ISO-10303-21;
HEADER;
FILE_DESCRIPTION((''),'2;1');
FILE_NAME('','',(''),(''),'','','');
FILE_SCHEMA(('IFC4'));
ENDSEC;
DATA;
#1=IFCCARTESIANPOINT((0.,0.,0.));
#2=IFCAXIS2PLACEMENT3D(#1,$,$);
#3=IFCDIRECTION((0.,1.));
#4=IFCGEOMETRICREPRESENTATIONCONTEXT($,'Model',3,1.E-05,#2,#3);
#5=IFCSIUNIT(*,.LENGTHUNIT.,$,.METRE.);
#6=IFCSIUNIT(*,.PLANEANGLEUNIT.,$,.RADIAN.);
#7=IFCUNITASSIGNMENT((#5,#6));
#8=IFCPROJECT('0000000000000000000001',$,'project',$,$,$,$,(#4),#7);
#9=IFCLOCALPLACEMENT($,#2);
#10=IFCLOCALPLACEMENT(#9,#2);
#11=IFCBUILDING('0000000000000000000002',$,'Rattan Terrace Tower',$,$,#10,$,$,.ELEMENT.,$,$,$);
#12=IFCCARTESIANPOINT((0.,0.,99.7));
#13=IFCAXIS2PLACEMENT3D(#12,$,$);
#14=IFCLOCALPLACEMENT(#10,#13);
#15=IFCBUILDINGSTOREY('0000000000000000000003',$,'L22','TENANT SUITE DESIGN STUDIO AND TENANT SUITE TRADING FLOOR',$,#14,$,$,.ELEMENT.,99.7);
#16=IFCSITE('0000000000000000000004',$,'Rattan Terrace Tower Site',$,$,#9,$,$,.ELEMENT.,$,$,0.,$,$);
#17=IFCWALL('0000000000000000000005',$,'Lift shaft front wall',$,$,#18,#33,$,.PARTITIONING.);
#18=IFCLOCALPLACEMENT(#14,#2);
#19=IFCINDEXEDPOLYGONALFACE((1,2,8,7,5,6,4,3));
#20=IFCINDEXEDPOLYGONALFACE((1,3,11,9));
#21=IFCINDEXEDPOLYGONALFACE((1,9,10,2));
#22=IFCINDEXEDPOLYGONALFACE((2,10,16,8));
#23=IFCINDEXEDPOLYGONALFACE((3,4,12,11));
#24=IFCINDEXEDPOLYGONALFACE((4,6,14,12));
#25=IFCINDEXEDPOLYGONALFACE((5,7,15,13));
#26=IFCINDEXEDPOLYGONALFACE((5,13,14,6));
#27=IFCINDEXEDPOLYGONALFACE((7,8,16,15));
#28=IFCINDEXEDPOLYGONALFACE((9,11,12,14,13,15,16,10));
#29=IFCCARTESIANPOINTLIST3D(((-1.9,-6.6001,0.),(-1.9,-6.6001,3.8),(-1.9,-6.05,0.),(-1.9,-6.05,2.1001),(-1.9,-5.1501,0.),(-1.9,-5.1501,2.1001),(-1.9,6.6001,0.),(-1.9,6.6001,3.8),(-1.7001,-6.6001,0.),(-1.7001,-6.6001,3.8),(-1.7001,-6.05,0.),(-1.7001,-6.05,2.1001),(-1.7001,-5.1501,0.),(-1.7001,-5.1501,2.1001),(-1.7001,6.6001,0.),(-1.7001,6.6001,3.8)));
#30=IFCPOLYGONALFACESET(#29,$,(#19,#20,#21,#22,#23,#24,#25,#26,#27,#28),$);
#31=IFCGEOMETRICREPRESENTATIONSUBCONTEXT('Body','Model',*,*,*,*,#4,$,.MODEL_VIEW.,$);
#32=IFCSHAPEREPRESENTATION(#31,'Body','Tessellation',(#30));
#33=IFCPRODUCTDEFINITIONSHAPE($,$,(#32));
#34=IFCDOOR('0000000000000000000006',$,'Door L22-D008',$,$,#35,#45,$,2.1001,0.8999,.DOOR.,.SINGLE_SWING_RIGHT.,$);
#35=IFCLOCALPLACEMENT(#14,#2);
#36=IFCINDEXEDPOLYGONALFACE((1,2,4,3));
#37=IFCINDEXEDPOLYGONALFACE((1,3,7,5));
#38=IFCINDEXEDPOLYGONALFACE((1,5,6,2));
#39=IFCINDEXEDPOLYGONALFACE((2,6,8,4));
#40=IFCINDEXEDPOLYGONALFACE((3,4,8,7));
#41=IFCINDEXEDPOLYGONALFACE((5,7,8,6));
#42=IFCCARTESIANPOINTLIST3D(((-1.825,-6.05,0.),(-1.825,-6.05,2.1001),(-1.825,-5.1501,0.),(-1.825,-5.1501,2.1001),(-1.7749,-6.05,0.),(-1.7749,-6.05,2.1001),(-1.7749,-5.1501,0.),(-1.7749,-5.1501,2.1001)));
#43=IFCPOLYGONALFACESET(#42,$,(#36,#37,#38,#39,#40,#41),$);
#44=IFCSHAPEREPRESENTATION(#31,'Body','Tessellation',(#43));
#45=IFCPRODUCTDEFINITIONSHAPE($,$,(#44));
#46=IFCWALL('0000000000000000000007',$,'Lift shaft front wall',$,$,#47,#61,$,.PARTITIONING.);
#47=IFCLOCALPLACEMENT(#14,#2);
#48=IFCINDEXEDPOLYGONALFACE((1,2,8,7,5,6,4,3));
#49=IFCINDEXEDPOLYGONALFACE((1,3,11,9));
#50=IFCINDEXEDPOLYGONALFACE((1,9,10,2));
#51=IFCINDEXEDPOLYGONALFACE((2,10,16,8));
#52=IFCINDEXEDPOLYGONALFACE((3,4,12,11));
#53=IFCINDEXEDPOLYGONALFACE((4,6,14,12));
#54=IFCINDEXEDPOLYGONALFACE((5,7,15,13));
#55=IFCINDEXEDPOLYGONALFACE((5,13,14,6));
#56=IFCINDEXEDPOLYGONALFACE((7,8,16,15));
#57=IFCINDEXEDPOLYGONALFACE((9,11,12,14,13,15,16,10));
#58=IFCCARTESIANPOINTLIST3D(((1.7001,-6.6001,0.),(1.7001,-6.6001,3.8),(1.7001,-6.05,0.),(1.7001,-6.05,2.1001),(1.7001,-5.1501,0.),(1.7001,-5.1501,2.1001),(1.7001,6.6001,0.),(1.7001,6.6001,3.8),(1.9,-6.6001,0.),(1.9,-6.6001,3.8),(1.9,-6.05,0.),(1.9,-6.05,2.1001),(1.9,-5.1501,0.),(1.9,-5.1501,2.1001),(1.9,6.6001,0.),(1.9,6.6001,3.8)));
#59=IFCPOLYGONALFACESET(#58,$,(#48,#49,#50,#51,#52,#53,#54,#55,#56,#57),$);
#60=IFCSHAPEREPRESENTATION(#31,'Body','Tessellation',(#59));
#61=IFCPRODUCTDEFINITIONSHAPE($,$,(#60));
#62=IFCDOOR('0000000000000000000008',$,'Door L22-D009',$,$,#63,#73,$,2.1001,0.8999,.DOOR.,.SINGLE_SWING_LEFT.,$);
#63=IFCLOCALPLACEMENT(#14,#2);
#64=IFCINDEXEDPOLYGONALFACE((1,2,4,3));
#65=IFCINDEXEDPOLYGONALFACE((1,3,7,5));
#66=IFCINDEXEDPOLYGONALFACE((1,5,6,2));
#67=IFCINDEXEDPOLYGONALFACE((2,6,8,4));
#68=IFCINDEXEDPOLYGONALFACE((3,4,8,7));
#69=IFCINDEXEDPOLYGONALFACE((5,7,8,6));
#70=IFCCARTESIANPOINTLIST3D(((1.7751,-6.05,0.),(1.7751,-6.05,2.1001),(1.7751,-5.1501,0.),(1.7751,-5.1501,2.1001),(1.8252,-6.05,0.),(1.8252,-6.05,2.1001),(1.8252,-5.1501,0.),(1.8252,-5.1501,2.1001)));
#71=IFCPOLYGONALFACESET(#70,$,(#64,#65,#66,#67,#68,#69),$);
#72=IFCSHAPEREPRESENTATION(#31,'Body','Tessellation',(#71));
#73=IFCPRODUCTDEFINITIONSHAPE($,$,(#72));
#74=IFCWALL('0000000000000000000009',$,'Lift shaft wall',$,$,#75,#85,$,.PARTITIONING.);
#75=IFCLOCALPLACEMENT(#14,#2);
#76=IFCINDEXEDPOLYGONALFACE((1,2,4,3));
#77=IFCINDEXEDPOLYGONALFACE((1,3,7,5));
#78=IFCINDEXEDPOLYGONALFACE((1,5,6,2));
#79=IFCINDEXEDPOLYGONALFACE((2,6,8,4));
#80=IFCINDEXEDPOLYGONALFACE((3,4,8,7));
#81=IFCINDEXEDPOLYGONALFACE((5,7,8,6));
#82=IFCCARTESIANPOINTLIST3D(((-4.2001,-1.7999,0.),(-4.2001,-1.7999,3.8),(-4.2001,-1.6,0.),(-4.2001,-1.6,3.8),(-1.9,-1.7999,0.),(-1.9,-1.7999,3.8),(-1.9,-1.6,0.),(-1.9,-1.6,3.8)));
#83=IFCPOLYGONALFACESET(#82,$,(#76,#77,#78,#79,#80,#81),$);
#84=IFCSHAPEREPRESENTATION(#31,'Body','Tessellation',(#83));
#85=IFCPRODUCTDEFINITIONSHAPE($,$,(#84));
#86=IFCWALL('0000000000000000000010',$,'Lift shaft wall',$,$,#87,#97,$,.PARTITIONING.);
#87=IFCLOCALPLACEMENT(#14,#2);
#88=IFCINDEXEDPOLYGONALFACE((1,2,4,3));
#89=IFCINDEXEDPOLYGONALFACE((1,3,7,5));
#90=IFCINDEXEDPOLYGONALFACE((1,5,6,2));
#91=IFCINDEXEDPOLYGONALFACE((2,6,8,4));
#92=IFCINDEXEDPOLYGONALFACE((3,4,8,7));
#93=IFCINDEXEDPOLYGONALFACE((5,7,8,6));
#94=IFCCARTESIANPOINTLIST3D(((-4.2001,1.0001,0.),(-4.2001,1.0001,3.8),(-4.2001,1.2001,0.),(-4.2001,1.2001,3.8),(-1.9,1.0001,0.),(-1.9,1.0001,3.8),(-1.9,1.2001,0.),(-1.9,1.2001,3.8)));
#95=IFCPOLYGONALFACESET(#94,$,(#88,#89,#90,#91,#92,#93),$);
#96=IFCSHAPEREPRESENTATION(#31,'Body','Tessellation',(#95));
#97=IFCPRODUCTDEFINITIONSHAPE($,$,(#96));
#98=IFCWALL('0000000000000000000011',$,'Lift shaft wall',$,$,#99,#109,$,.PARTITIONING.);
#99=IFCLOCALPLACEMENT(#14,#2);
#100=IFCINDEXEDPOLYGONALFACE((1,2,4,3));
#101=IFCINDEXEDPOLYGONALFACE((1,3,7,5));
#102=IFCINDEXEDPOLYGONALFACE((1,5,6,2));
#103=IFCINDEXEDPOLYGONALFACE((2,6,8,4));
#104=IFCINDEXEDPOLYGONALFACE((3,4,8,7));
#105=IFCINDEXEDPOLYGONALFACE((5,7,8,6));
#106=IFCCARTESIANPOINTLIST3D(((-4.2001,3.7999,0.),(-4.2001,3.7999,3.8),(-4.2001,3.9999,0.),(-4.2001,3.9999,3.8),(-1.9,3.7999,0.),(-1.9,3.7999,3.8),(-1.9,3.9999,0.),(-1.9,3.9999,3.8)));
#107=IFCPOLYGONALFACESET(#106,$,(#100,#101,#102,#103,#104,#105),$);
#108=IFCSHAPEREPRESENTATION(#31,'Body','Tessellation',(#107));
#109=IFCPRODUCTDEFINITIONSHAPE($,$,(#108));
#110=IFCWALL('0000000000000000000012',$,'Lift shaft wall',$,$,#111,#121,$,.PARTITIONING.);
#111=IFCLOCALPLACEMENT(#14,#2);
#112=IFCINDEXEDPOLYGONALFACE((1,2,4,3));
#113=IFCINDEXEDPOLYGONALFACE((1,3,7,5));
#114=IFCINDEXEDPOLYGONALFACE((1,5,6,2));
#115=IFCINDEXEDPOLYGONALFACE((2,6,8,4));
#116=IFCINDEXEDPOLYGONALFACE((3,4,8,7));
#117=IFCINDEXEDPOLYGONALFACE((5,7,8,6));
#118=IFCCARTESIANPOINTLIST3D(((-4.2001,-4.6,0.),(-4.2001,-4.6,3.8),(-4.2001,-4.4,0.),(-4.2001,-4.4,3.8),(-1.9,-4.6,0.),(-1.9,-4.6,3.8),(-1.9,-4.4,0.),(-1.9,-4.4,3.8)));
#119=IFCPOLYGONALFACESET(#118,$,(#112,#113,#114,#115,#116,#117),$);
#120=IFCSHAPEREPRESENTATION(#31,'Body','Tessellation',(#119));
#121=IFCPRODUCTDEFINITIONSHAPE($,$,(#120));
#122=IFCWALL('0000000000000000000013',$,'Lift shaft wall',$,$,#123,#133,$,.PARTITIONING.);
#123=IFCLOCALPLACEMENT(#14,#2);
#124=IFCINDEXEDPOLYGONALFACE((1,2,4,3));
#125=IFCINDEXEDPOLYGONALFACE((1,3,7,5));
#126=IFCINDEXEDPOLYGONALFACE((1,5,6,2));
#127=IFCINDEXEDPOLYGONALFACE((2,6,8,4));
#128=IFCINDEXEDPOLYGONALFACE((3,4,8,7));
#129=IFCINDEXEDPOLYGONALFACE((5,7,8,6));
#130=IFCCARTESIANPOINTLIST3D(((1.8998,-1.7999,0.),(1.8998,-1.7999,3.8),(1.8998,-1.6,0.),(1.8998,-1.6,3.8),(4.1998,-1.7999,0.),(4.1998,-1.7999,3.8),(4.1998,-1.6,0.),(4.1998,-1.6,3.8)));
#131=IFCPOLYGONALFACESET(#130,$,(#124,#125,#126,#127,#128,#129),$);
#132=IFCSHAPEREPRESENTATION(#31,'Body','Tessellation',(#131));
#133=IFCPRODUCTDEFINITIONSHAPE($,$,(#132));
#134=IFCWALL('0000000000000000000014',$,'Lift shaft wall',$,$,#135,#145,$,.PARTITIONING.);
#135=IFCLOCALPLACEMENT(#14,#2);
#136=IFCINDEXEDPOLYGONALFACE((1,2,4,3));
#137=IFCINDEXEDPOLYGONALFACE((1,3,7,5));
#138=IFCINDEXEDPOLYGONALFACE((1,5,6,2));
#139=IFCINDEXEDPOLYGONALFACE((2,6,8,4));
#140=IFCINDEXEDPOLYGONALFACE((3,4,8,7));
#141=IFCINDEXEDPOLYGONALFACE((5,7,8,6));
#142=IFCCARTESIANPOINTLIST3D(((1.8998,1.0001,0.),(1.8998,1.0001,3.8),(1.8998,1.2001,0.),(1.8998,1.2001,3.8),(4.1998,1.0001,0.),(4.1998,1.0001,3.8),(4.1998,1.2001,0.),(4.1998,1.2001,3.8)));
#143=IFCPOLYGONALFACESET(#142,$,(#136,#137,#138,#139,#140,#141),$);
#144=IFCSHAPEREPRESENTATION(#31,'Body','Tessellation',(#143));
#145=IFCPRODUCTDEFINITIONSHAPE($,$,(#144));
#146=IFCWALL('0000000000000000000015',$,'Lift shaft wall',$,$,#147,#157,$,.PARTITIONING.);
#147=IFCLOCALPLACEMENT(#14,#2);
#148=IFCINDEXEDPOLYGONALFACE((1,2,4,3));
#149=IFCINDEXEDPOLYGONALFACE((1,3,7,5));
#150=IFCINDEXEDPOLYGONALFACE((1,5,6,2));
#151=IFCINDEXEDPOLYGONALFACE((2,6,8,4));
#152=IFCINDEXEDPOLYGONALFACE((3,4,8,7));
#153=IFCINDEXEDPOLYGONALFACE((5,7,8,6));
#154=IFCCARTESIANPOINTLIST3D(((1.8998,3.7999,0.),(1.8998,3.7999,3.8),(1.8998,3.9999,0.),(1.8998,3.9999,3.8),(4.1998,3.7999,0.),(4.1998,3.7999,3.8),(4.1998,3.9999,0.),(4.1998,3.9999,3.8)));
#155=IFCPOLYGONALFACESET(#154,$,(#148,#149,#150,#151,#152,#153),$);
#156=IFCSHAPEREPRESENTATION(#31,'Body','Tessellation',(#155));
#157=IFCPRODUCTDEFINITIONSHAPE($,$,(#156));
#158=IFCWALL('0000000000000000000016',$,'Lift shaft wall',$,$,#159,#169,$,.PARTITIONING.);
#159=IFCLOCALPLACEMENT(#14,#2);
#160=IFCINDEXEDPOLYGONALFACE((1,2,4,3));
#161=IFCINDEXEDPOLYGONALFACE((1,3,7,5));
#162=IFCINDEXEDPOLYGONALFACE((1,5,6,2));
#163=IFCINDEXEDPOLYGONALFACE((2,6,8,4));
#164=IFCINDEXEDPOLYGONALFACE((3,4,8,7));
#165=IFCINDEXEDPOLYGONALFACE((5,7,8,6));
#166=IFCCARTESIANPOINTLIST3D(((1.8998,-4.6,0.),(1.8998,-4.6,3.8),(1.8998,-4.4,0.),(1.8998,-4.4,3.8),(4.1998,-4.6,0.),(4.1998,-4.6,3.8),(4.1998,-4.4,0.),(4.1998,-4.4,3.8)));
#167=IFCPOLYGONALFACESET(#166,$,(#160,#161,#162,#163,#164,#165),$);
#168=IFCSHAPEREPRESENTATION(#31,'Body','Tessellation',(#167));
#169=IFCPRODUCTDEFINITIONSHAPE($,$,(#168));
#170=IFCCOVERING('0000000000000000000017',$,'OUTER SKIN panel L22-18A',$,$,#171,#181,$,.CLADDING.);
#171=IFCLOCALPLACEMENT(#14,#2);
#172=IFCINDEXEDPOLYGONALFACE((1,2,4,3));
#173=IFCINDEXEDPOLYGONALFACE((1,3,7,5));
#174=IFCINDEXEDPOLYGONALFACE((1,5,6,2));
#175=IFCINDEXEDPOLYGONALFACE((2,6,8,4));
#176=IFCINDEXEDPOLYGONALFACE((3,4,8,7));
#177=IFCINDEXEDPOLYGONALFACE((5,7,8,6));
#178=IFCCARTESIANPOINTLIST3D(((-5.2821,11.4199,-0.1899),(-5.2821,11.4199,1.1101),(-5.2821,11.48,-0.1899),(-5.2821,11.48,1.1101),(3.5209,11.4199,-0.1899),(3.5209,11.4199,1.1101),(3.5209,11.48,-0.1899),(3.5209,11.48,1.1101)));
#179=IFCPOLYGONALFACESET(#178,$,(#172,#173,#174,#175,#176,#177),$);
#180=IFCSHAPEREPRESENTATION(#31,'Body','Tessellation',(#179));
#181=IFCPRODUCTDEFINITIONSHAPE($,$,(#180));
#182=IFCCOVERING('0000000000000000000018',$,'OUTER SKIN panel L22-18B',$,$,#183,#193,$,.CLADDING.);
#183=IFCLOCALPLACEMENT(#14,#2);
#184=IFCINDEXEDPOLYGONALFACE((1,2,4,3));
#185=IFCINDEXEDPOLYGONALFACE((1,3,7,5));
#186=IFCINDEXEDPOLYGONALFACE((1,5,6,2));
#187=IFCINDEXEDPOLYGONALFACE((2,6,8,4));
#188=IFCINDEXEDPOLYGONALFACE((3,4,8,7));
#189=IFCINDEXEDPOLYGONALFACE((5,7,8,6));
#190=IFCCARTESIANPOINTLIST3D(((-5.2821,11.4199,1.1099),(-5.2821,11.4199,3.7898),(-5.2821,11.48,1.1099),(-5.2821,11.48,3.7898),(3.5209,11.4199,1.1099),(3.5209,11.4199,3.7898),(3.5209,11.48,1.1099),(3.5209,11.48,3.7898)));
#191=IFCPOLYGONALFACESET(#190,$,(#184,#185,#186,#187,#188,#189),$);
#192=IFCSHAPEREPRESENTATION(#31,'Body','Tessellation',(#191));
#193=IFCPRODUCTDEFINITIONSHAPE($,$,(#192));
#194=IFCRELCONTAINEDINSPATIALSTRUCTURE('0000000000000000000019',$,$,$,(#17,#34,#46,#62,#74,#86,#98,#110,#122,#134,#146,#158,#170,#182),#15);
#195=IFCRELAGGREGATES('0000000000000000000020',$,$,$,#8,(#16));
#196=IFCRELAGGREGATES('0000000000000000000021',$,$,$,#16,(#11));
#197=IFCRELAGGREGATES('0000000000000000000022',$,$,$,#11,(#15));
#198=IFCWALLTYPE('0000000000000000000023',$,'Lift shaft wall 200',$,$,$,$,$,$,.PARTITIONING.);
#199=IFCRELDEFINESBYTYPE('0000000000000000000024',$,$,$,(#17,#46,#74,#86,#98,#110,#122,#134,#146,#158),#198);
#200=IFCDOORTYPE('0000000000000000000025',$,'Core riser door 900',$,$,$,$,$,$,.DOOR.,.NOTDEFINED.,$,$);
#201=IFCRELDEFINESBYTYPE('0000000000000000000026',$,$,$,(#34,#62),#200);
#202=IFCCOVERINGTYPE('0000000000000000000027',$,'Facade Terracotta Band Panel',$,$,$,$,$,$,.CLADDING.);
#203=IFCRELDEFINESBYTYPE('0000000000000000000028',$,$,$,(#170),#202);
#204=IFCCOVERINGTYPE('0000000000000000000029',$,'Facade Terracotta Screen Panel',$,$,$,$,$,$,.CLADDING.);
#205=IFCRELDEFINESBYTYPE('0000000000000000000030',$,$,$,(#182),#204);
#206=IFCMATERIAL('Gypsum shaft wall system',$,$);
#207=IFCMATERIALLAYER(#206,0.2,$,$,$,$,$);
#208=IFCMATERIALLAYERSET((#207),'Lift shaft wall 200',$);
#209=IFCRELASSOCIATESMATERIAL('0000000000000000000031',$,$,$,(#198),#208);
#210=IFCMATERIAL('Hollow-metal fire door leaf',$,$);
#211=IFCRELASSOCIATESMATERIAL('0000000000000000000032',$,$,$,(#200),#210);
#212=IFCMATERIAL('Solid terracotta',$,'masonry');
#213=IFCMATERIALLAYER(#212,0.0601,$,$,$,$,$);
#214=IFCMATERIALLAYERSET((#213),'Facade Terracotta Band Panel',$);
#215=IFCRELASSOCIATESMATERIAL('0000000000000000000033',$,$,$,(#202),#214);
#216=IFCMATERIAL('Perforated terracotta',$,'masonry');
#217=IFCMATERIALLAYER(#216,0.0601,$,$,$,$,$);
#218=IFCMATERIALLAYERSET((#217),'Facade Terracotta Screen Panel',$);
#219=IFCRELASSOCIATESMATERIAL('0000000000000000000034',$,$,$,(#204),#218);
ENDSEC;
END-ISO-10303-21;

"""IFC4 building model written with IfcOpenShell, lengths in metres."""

from ifc_helpers import new_model, si_unit, direction, frame, frame_2d, origin, origin_2d, place, context, subcontext, project, spatial, rectangle, extrude, material, layer, layer_set, type_object, element, fill, save


model = new_model("IFC4")

# Units and contexts
model_context = context("Model", 3, precision=1e-05, world=origin(), true_north=direction((0.0, 1.0)))
body_context = subcontext(model_context, "Body", "Model", "MODEL_VIEW")
ifc_project = project(units=[si_unit("LENGTHUNIT", "METRE"), si_unit("PLANEANGLEUNIT", "RADIAN")], contexts=[model_context])

# Site, building, storey
site_placement = place(None, origin())
site = spatial("IfcSite", under=ifc_project, at=site_placement, Name="Rattan Terrace Tower Site", CompositionType="ELEMENT", RefElevation=0.0)
building_placement = place(site_placement, origin())
building = spatial("IfcBuilding", under=site, at=building_placement, Name="Rattan Terrace Tower", CompositionType="ELEMENT")
storey_placement = place(building_placement, frame((0.0, 0.0, 99.7)))
storey = spatial("IfcBuildingStorey", under=building, at=storey_placement, Name="L22", Description="TENANT SUITE DESIGN STUDIO AND TENANT SUITE TRADING FLOOR", CompositionType="ELEMENT", Elevation=99.7)

# Walls, openings, doors
ifc_material_1 = material(Name="Gypsum shaft wall system")
ifc_layer_1 = layer(ifc_material_1, 0.2)
ifc_layer_set_1 = layer_set([ifc_layer_1], Name="Lift shaft wall 200")
wall_type = type_object("IfcWallType", Name="Lift shaft wall 200", PredefinedType="PARTITIONING", material=ifc_layer_set_1)
wall_1_placement = place(storey_placement, frame((-1.8, -6.6001, 0.0), z_axis=(0.0, 0.0, 1.0), x_axis=(0.0, 1.0, 0.0)))
wall_1 = element("IfcWall", 1, at=wall_1_placement, inside=storey, type_object=wall_type, Name="Lift shaft front wall", PredefinedType="PARTITIONING", context=body_context, shape_type="SweptSolid", body=[
    extrude(rectangle(XDim=13.2002, YDim=0.2, at=frame_2d((6.6001, 0.0))), origin(), (0.0, 0.0, 1.0), 3.8),
])
opening_1_placement = place(wall_1_placement, frame((0.55, 0.0, 0.0)))
opening_1 = element("IfcOpeningElement", 2, at=opening_1_placement, cuts=wall_1, PredefinedType="OPENING", context=body_context, shape_type="SweptSolid", body=[
    extrude(rectangle(XDim=0.8999, YDim=2.1001, at=frame_2d((0.45, 1.05))), frame((0.0, 0.1106, 0.0), z_axis=(0.0, -1.0, 0.0), x_axis=(1.0, 0.0, 0.0)), (0.0, 0.0, 1.0), 0.2209),
])
ifc_material_2 = material(Name="Hollow-metal fire door leaf")
door_type = type_object("IfcDoorType", Name="Core riser door 900", OperationType="NOTDEFINED", PredefinedType="DOOR", material=ifc_material_2)
door_1_placement = place(opening_1_placement, origin())
door_1 = element("IfcDoor", 3, at=door_1_placement, inside=storey, type_object=door_type, Name="Door L22-D008", OperationType="SINGLE_SWING_RIGHT", OverallHeight=2.1001, OverallWidth=0.8999, PredefinedType="DOOR", context=body_context, shape_type="SweptSolid", body=[
    extrude(rectangle(XDim=0.8999, YDim=2.1001, at=frame_2d((0.45, 1.05))), frame((0.0, 0.0249, 0.0), z_axis=(0.0, -1.0, 0.0), x_axis=(1.0, 0.0, 0.0)), (0.0, 0.0, 1.0), 0.05),
])
fill(opening_1, door_1)
wall_2_placement = place(storey_placement, frame((1.8, -6.6001, 0.0), z_axis=(0.0, 0.0, 1.0), x_axis=(0.0, 1.0, 0.0)))
wall_2 = element("IfcWall", 4, at=wall_2_placement, inside=storey, type_object=wall_type, Name="Lift shaft front wall", PredefinedType="PARTITIONING", context=body_context, shape_type="SweptSolid", body=[
    extrude(rectangle(XDim=13.2002, YDim=0.2, at=frame_2d((6.6001, 0.0))), origin(), (0.0, 0.0, 1.0), 3.8),
])
opening_2_placement = place(wall_2_placement, frame((0.55, 0.0, 0.0)))
opening_2 = element("IfcOpeningElement", 5, at=opening_2_placement, cuts=wall_2, PredefinedType="OPENING", context=body_context, shape_type="SweptSolid", body=[
    extrude(rectangle(XDim=0.8999, YDim=2.1001, at=frame_2d((0.45, 1.05))), frame((0.0, 0.1106, 0.0), z_axis=(0.0, -1.0, 0.0), x_axis=(1.0, 0.0, 0.0)), (0.0, 0.0, 1.0), 0.2209),
])
door_2_placement = place(opening_2_placement, origin())
door_2 = element("IfcDoor", 6, at=door_2_placement, inside=storey, type_object=door_type, Name="Door L22-D009", OperationType="SINGLE_SWING_LEFT", OverallHeight=2.1001, OverallWidth=0.8999, PredefinedType="DOOR", context=body_context, shape_type="SweptSolid", body=[
    extrude(rectangle(XDim=0.8999, YDim=2.1001, at=frame_2d((0.45, 1.05))), frame((0.0, 0.0249, 0.0), z_axis=(0.0, -1.0, 0.0), x_axis=(1.0, 0.0, 0.0)), (0.0, 0.0, 1.0), 0.05),
])
fill(opening_2, door_2)

# Walls
for number, where, z_axis, x_axis, name in (
    (7, (-4.2, -1.7, 0.0), (0.0, 0.0, 1.0), (1.0, 0.0, 0.0), "Lift shaft wall"),
    (8, (-4.2, 1.1001, 0.0), (0.0, 0.0, 1.0), (1.0, 0.0, 0.0), "Lift shaft wall"),
    (9, (-4.2, 3.8999, 0.0), (0.0, 0.0, 1.0), (1.0, 0.0, 0.0), "Lift shaft wall"),
    (10, (-4.2, -4.5, 0.0), (0.0, 0.0, 1.0), (1.0, 0.0, 0.0), "Lift shaft wall"),
    (11, (1.8999, -1.7, 0.0), (0.0, 0.0, 1.0), (1.0, 0.0, 0.0), "Lift shaft wall"),
    (12, (1.8999, 1.1001, 0.0), (0.0, 0.0, 1.0), (1.0, 0.0, 0.0), "Lift shaft wall"),
    (13, (1.8999, 3.8999, 0.0), (0.0, 0.0, 1.0), (1.0, 0.0, 0.0), "Lift shaft wall"),
    (14, (1.8999, -4.5, 0.0), (0.0, 0.0, 1.0), (1.0, 0.0, 0.0), "Lift shaft wall"),
):
    element("IfcWall", number, at=place(storey_placement, frame(where, z_axis=z_axis, x_axis=x_axis)), inside=storey, type_object=wall_type, Name=name, PredefinedType="PARTITIONING", context=body_context, shape_type="SweptSolid", body=[
        extrude(rectangle(XDim=2.3, YDim=0.2, at=frame_2d((1.1499, 0.0))), origin(), (0.0, 0.0, 1.0), 3.8),
    ])

# Coverings
ifc_material_3 = material(Name="Solid terracotta", Category="masonry")
ifc_layer_2 = layer(ifc_material_3, 0.0601)
ifc_layer_set_2 = layer_set([ifc_layer_2], Name="Facade Terracotta Band Panel")
covering_type_1 = type_object("IfcCoveringType", Name="Facade Terracotta Band Panel", PredefinedType="CLADDING", material=ifc_layer_set_2)
covering_1_placement = place(storey_placement, frame((-0.8806, 11.45, -0.1899), z_axis=(0.0, 0.0, 1.0), x_axis=(-1.0, 0.0, 0.0)))
element("IfcCovering", 15, at=covering_1_placement, inside=storey, type_object=covering_type_1, Name="OUTER SKIN panel L22-18A", PredefinedType="CLADDING", context=body_context, shape_type="SweptSolid", body=[
    extrude(rectangle(XDim=8.803, YDim=0.0601, at=origin_2d()), origin(), (0.0, 0.0, 1.0), 1.3),
])
ifc_material_4 = material(Name="Perforated terracotta", Category="masonry")
ifc_layer_3 = layer(ifc_material_4, 0.0601)
ifc_layer_set_3 = layer_set([ifc_layer_3], Name="Facade Terracotta Screen Panel")
covering_type_2 = type_object("IfcCoveringType", Name="Facade Terracotta Screen Panel", PredefinedType="CLADDING", material=ifc_layer_set_3)
covering_2_placement = place(storey_placement, frame((-0.8806, 11.45, 1.1099), z_axis=(0.0, 0.0, 1.0), x_axis=(-1.0, 0.0, 0.0)))
element("IfcCovering", 16, at=covering_2_placement, inside=storey, type_object=covering_type_2, Name="OUTER SKIN panel L22-18B", PredefinedType="CLADDING", context=body_context, shape_type="SweptSolid", body=[
    extrude(rectangle(XDim=8.803, YDim=0.0601, at=origin_2d()), origin(), (0.0, 0.0, 1.0), 2.6799),
])

save(model, "model.ifc")
